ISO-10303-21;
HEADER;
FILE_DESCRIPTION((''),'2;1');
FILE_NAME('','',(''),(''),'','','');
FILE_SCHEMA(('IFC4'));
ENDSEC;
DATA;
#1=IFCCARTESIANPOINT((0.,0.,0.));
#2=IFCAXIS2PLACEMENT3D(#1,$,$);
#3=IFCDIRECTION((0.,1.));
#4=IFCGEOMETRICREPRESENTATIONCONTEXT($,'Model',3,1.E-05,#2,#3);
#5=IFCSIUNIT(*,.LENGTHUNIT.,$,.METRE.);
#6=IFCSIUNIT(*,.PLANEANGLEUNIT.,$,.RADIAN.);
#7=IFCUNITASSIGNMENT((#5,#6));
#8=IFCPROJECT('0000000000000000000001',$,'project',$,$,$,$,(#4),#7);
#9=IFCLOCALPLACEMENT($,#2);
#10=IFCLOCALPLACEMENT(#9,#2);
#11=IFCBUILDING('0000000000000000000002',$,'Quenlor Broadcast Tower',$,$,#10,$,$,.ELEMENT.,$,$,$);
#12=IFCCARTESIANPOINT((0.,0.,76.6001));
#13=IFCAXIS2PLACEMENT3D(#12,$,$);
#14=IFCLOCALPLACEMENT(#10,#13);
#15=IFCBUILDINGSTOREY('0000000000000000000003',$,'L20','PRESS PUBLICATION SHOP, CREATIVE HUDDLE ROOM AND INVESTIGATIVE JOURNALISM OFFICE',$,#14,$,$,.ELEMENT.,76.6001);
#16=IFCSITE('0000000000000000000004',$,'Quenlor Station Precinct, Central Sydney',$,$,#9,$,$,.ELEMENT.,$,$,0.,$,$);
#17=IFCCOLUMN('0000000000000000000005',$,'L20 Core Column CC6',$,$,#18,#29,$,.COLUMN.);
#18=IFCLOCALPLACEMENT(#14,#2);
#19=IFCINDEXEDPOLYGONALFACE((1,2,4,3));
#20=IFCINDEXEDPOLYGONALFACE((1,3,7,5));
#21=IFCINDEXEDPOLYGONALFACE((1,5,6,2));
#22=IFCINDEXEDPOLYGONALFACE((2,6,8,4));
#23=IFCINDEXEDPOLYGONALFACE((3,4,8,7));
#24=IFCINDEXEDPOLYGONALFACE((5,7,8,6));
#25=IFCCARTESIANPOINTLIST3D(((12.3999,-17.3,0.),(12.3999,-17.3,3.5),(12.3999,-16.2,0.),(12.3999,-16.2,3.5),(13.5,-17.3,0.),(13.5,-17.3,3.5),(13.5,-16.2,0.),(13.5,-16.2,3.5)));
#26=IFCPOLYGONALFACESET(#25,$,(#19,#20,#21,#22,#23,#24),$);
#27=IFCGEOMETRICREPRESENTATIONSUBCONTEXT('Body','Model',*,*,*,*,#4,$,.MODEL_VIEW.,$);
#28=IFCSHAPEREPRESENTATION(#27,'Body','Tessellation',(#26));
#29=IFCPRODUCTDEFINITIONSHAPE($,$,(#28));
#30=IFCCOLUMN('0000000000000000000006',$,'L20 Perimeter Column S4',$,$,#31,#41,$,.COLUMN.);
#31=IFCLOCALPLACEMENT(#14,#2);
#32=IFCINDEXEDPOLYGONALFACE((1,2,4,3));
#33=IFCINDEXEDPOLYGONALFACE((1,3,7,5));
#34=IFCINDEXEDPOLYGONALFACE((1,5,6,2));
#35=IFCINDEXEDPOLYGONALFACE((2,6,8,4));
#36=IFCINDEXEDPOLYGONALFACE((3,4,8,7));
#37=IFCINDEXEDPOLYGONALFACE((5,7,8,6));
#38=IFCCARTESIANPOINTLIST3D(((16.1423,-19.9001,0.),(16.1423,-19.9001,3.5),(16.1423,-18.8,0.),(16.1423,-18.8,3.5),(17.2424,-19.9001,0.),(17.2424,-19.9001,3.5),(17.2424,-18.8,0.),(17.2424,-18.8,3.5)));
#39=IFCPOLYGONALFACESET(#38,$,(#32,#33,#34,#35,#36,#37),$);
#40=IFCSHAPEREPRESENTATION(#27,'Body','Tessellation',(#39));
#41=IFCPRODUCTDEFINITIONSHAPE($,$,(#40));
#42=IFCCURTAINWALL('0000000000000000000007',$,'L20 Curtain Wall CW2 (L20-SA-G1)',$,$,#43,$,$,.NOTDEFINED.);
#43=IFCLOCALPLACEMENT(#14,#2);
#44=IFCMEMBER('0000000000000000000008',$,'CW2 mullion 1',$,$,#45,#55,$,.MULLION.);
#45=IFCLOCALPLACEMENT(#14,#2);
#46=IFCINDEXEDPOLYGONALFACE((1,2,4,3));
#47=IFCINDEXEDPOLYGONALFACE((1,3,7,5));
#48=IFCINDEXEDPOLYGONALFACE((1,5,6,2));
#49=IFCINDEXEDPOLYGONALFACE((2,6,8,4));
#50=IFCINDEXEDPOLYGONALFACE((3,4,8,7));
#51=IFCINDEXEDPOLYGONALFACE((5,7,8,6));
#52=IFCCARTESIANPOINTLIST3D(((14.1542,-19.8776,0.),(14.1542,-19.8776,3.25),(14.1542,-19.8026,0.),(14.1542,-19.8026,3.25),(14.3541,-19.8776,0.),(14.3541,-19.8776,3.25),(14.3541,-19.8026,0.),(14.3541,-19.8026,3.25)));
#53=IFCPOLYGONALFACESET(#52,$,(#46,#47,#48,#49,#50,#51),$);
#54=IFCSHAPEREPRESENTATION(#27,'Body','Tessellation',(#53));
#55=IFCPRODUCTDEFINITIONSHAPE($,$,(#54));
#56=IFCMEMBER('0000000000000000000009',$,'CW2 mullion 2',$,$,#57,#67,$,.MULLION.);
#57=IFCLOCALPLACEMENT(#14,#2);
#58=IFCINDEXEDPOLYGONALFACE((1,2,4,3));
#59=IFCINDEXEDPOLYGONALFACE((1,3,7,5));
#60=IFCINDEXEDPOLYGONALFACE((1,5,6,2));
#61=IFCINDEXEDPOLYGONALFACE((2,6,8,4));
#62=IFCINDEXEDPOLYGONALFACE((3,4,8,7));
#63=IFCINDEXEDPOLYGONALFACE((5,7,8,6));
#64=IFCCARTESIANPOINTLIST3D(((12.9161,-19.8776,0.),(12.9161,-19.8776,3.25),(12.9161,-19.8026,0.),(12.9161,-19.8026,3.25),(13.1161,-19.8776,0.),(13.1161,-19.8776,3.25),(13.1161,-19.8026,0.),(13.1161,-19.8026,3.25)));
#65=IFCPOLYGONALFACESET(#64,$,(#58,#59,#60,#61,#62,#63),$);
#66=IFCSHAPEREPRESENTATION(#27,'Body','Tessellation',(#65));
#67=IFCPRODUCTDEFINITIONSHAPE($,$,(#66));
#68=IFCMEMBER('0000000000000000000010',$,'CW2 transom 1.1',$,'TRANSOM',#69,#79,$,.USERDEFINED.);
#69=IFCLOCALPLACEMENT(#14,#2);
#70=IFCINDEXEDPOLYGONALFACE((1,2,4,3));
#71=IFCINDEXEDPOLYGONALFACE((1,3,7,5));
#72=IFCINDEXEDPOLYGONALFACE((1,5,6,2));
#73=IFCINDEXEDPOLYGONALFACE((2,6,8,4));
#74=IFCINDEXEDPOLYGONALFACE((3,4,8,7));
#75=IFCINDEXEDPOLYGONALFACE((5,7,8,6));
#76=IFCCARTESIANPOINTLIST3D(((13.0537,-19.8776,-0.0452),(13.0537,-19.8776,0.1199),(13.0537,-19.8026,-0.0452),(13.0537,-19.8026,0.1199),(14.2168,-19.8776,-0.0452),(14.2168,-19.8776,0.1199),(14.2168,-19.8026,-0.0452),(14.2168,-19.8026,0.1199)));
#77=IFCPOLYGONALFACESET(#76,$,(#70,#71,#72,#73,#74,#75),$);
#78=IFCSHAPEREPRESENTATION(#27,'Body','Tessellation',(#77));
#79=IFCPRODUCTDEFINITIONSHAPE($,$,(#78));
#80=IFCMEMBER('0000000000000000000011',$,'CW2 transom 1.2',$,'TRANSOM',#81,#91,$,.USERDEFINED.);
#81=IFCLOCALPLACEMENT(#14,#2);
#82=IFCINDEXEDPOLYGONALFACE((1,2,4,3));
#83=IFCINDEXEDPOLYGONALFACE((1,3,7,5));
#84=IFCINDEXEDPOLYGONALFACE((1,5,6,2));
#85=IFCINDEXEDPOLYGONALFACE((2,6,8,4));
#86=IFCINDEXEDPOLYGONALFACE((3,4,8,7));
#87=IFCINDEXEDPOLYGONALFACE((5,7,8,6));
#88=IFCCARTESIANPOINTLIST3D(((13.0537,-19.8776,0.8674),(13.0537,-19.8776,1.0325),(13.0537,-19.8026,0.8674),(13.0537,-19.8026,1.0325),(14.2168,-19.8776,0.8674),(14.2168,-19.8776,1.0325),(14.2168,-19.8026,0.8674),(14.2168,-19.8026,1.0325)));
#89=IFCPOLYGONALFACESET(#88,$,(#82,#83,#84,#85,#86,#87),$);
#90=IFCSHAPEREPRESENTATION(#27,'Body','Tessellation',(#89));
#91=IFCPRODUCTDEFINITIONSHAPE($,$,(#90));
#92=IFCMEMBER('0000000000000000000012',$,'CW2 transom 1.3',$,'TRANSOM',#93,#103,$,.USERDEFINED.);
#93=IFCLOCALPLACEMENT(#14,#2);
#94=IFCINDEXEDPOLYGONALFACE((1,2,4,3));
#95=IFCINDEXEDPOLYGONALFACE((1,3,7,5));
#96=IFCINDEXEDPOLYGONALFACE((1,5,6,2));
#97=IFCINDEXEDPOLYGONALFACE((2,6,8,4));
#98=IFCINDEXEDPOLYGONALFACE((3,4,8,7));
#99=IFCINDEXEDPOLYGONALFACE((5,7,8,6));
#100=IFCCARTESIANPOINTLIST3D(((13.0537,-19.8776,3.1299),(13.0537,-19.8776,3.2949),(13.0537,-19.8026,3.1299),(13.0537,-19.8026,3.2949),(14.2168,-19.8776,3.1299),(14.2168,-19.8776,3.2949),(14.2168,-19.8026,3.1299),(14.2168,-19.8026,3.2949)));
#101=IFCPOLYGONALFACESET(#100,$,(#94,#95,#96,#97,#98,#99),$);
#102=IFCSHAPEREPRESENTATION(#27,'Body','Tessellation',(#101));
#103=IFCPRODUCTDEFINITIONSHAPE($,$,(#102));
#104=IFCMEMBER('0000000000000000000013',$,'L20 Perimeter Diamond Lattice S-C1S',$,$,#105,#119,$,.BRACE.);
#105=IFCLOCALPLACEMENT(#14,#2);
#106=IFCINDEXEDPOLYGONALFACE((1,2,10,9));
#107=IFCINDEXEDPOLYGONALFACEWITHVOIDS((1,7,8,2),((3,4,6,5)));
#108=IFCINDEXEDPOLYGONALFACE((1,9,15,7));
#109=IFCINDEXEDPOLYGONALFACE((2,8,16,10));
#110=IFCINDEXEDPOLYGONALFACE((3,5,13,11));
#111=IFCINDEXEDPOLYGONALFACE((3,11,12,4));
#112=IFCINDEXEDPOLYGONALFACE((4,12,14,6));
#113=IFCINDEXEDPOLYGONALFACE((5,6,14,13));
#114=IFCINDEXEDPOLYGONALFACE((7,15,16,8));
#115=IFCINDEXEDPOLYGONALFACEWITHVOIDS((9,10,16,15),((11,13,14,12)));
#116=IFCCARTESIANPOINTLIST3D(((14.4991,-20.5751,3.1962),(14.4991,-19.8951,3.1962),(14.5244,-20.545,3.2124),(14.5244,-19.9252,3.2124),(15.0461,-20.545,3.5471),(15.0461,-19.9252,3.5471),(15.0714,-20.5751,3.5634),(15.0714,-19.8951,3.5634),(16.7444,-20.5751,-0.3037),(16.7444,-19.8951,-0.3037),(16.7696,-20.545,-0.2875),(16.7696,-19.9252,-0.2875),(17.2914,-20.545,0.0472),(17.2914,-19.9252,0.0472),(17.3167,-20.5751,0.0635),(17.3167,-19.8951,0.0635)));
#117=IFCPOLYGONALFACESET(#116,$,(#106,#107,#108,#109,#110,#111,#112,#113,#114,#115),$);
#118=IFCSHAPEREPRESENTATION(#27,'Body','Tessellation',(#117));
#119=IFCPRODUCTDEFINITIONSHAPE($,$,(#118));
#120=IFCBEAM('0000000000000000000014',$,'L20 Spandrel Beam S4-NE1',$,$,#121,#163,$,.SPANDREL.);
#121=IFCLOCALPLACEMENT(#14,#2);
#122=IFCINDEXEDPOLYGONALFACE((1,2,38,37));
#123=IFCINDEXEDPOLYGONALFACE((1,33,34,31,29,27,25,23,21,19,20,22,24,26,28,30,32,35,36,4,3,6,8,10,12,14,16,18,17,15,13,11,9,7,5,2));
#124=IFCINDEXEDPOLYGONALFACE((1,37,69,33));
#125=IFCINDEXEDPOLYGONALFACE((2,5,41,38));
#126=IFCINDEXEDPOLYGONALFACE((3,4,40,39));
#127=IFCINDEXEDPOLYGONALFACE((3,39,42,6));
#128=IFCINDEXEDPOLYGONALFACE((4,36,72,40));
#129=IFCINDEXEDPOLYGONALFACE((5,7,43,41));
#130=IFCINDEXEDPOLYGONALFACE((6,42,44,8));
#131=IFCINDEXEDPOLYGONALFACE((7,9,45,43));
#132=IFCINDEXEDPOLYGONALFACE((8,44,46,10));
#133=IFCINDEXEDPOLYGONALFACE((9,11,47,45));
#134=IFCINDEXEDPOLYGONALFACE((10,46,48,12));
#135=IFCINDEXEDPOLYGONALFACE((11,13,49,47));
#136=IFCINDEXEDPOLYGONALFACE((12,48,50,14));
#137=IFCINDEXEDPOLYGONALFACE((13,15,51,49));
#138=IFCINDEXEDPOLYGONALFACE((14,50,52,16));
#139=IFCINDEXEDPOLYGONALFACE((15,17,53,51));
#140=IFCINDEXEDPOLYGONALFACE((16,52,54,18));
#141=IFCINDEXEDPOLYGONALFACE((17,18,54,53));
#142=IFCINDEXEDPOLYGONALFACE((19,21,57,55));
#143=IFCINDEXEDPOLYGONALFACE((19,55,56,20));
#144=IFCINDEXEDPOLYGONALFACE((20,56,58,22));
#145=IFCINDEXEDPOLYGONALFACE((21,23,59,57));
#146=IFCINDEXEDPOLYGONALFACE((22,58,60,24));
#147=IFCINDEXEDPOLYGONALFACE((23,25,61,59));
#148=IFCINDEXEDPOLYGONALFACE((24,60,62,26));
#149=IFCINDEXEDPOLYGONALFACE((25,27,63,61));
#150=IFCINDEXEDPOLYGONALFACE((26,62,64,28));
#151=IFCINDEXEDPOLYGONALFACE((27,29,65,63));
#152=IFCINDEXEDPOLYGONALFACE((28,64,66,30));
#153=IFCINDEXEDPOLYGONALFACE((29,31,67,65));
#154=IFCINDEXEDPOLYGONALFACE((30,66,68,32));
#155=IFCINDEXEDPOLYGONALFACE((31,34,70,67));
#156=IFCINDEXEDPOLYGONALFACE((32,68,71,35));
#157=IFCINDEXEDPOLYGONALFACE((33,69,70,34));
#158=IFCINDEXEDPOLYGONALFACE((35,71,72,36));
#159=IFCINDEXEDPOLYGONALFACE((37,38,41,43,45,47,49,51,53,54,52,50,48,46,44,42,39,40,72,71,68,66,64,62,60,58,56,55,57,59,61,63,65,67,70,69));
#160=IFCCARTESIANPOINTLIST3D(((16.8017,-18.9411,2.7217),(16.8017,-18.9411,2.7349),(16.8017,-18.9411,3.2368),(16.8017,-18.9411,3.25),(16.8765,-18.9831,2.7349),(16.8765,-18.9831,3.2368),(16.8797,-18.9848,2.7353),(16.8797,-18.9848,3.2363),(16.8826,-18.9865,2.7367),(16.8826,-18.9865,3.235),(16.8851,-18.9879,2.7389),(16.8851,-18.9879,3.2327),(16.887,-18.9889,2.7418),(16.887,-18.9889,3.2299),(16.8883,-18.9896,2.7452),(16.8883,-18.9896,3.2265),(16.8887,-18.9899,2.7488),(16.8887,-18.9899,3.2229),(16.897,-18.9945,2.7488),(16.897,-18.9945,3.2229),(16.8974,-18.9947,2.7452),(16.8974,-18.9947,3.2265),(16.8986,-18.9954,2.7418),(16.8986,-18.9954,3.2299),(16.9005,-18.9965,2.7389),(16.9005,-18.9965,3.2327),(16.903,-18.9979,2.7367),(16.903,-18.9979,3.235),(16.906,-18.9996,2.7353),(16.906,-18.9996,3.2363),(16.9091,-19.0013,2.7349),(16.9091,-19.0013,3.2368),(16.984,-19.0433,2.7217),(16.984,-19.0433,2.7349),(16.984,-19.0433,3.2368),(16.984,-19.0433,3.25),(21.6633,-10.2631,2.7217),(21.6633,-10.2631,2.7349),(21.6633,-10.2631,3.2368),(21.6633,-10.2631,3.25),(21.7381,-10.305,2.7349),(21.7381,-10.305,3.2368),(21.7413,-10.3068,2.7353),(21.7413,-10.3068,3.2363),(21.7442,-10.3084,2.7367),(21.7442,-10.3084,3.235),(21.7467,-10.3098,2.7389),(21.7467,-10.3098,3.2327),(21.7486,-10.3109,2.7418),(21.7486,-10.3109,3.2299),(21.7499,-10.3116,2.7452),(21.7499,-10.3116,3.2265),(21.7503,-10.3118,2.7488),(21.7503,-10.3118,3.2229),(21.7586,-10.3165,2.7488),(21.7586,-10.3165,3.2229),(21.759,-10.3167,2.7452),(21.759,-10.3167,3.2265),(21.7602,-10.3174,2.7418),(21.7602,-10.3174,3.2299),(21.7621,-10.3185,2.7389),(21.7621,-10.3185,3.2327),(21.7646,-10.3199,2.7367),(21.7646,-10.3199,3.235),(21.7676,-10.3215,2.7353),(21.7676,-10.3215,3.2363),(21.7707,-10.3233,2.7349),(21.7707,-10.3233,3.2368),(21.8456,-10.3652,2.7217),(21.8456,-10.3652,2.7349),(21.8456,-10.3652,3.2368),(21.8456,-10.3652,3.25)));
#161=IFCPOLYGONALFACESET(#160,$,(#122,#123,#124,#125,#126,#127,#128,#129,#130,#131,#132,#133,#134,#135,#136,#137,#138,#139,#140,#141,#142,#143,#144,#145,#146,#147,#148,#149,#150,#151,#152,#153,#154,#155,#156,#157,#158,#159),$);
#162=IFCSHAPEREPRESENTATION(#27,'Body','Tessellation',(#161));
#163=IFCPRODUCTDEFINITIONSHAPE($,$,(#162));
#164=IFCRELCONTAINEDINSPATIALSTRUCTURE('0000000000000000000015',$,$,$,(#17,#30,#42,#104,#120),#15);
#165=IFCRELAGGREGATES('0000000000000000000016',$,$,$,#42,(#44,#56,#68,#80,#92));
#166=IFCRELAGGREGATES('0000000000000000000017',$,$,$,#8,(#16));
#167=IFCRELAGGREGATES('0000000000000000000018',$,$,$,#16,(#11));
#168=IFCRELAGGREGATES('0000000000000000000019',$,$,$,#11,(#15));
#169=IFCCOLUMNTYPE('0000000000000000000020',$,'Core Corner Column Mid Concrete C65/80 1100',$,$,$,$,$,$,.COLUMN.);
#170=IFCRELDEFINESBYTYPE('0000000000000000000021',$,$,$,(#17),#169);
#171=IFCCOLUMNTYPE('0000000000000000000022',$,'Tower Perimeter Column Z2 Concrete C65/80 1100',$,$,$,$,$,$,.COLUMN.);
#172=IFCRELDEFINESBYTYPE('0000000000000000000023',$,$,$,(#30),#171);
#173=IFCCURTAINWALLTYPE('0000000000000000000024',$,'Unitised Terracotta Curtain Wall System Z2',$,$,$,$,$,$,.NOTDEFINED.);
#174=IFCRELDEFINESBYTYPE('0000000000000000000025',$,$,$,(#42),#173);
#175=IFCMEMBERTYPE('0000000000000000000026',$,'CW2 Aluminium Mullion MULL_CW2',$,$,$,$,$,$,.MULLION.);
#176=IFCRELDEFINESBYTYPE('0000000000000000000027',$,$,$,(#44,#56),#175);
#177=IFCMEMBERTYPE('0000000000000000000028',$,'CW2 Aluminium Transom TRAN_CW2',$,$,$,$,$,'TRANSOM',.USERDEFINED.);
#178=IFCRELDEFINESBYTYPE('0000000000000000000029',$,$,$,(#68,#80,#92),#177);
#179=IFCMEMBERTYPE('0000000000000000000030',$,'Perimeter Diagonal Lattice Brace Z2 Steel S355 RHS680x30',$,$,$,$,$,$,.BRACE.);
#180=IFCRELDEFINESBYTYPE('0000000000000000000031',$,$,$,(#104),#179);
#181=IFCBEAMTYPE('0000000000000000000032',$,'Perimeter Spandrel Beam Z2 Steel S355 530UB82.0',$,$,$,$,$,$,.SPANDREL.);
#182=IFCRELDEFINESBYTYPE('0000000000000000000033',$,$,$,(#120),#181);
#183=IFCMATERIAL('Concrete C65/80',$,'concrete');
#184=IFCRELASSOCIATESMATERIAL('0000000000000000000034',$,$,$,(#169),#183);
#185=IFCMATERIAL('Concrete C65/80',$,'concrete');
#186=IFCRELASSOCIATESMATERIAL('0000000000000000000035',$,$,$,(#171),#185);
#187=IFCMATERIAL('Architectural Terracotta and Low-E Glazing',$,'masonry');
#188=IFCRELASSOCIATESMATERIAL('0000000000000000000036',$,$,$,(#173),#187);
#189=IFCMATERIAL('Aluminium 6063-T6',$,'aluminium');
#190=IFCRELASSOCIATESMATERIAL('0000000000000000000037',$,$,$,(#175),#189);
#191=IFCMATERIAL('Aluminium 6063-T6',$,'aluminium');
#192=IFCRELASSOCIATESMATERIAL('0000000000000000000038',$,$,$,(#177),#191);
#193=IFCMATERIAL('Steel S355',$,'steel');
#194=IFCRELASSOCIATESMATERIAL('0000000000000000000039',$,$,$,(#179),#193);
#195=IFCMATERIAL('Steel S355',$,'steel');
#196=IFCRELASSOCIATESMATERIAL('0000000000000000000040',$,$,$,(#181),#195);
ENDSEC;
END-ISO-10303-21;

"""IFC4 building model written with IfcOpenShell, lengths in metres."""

from ifc_helpers import new_model, si_unit, direction, frame, origin, origin_2d, place, context, subcontext, project, spatial, rectangle, hollow_rectangle, i_section, extrude, material, material_profile, profile_set, type_object, element, aggregate, save


model = new_model("IFC4")

# Units and contexts
model_context = context("Model", 3, precision=1e-05, world=origin(), true_north=direction((0.0, 1.0)))
body_context = subcontext(model_context, "Body", "Model", "MODEL_VIEW")
ifc_project = project(units=[si_unit("LENGTHUNIT", "METRE"), si_unit("PLANEANGLEUNIT", "RADIAN")], contexts=[model_context])

# Site, building, storey
site_placement = place(None, origin())
site = spatial("IfcSite", under=ifc_project, at=site_placement, Name="Quenlor Station Precinct, Central Sydney", CompositionType="ELEMENT", RefElevation=0.0)
building_placement = place(site_placement, origin())
building = spatial("IfcBuilding", under=site, at=building_placement, Name="Quenlor Broadcast Tower", CompositionType="ELEMENT")
storey_placement = place(building_placement, frame((0.0, 0.0, 76.6001)))
storey = spatial("IfcBuildingStorey", under=building, at=storey_placement, Name="L20", Description="PRESS PUBLICATION SHOP, CREATIVE HUDDLE ROOM AND INVESTIGATIVE JOURNALISM OFFICE", CompositionType="ELEMENT", Elevation=76.6001)

# Columns
ifc_material_1 = material(Name="Concrete C65/80", Category="concrete")
ifc_material_profile_1 = material_profile(ifc_material_1, rectangle(XDim=1.1001, YDim=1.1001, at=origin_2d()))
ifc_profile_set_1 = profile_set([ifc_material_profile_1], Name="Concrete C65/80 RC1100x1100")
column_type_1 = type_object("IfcColumnType", Name="Core Corner Column Mid Concrete C65/80 1100", PredefinedType="COLUMN", material=ifc_profile_set_1)
column_1_placement = place(storey_placement, frame((12.95, -16.75, 0.0), z_axis=(0.0, 0.0, 1.0), x_axis=(1.0, 0.0, 0.0)))
element("IfcColumn", 1, at=column_1_placement, inside=storey, type_object=column_type_1, Name="L20 Core Column CC6", PredefinedType="COLUMN", context=body_context, shape_type="SweptSolid", body=[
    extrude(rectangle(XDim=1.1001, YDim=1.1001, at=origin_2d()), origin(), (0.0, 0.0, 1.0), 3.5),
])
ifc_material_2 = material(Name="Concrete C65/80", Category="concrete")
ifc_material_profile_2 = material_profile(ifc_material_2, rectangle(XDim=1.1001, YDim=1.1001, at=origin_2d()))
ifc_profile_set_2 = profile_set([ifc_material_profile_2], Name="Concrete C65/80 RC1100x1100")
column_type_2 = type_object("IfcColumnType", Name="Tower Perimeter Column Z2 Concrete C65/80 1100", PredefinedType="COLUMN", material=ifc_profile_set_2)
column_2_placement = place(storey_placement, frame((16.6924, -19.3501, 0.0), z_axis=(0.0, 0.0, 1.0), x_axis=(0.0, 1.0, 0.0)))
element("IfcColumn", 2, at=column_2_placement, inside=storey, type_object=column_type_2, Name="L20 Perimeter Column S4", PredefinedType="COLUMN", context=body_context, shape_type="SweptSolid", body=[
    extrude(rectangle(XDim=1.1001, YDim=1.1001, at=origin_2d()), origin(), (0.0, 0.0, 1.0), 3.5),
])

# Curtain wall, members
ifc_material_3 = material(Name="Architectural Terracotta and Low-E Glazing", Category="masonry")
curtain_wall_type = type_object("IfcCurtainWallType", Name="Unitised Terracotta Curtain Wall System Z2", PredefinedType="NOTDEFINED", material=ifc_material_3)
curtain_wall_placement = place(storey_placement, origin())
curtain_wall = element("IfcCurtainWall", 3, at=curtain_wall_placement, inside=storey, type_object=curtain_wall_type, Name="L20 Curtain Wall CW2 (L20-SA-G1)", PredefinedType="NOTDEFINED")
ifc_material_4 = material(Name="Aluminium 6063-T6", Category="aluminium")
ifc_material_profile_3 = material_profile(ifc_material_4, rectangle(XDim=0.075, YDim=0.2, at=origin_2d()))
ifc_profile_set_3 = profile_set([ifc_material_profile_3], Name="Aluminium 6063-T6 MULL75x200")
member_type_1 = type_object("IfcMemberType", Name="CW2 Aluminium Mullion MULL_CW2", PredefinedType="MULLION", material=ifc_profile_set_3)
member_1_placement = place(storey_placement, frame((14.2542, -19.8401, 0.0), z_axis=(0.0, 0.0, 1.0), x_axis=(0.0, -1.0, 0.0)))
member_1 = element("IfcMember", 4, at=member_1_placement, type_object=member_type_1, Name="CW2 mullion 1", PredefinedType="MULLION", context=body_context, shape_type="SweptSolid", body=[
    extrude(rectangle(XDim=0.075, YDim=0.2, at=origin_2d()), origin(), (0.0, 0.0, 1.0), 3.25),
])
member_2_placement = place(storey_placement, frame((13.0161, -19.8401, 0.0), z_axis=(0.0, 0.0, 1.0), x_axis=(0.0, -1.0, 0.0)))
member_2 = element("IfcMember", 5, at=member_2_placement, type_object=member_type_1, Name="CW2 mullion 2", PredefinedType="MULLION", context=body_context, shape_type="SweptSolid", body=[
    extrude(rectangle(XDim=0.075, YDim=0.2, at=origin_2d()), origin(), (0.0, 0.0, 1.0), 3.25),
])
ifc_material_5 = material(Name="Aluminium 6063-T6", Category="aluminium")
ifc_material_profile_4 = material_profile(ifc_material_5, rectangle(XDim=0.075, YDim=0.165, at=origin_2d()))
ifc_profile_set_4 = profile_set([ifc_material_profile_4], Name="Aluminium 6063-T6 TRAN75x165")
member_type_2 = type_object("IfcMemberType", Name="CW2 Aluminium Transom TRAN_CW2", ElementType="TRANSOM", PredefinedType="USERDEFINED", material=ifc_profile_set_4)
member_3_placement = place(storey_placement, frame((14.2168, -19.8401, 0.0374), z_axis=(-1.0, 0.0, 0.0), x_axis=(0.0, -1.0, 0.0)))
member_3 = element("IfcMember", 6, at=member_3_placement, type_object=member_type_2, Name="CW2 transom 1.1", ObjectType="TRANSOM", PredefinedType="USERDEFINED", context=body_context, shape_type="SweptSolid", body=[
    extrude(rectangle(XDim=0.075, YDim=0.165, at=origin_2d()), origin(), (0.0, 0.0, 1.0), 1.1631),
])
member_4_placement = place(storey_placement, frame((14.2168, -19.8401, 0.95), z_axis=(-1.0, 0.0, 0.0), x_axis=(0.0, -1.0, 0.0)))
member_4 = element("IfcMember", 7, at=member_4_placement, type_object=member_type_2, Name="CW2 transom 1.2", ObjectType="TRANSOM", PredefinedType="USERDEFINED", context=body_context, shape_type="SweptSolid", body=[
    extrude(rectangle(XDim=0.075, YDim=0.165, at=origin_2d()), origin(), (0.0, 0.0, 1.0), 1.1631),
])
member_5_placement = place(storey_placement, frame((14.2168, -19.8401, 3.2124), z_axis=(-1.0, 0.0, 0.0), x_axis=(0.0, -1.0, 0.0)))
member_5 = element("IfcMember", 8, at=member_5_placement, type_object=member_type_2, Name="CW2 transom 1.3", ObjectType="TRANSOM", PredefinedType="USERDEFINED", context=body_context, shape_type="SweptSolid", body=[
    extrude(rectangle(XDim=0.075, YDim=0.165, at=origin_2d()), origin(), (0.0, 0.0, 1.0), 1.1631),
])

# Member
ifc_material_6 = material(Name="Steel S355", Category="steel")
ifc_material_profile_5 = material_profile(ifc_material_6, hollow_rectangle(XDim=0.6799, YDim=0.6799, WallThickness=0.03, at=origin_2d()))
ifc_profile_set_5 = profile_set([ifc_material_profile_5], Name="Steel S355 RHS680x680x30")
member_type_3 = type_object("IfcMemberType", Name="Perimeter Diagonal Lattice Brace Z2 Steel S355 RHS680x30", PredefinedType="BRACE", material=ifc_profile_set_5)
member_6_placement = place(storey_placement, frame((17.0305, -20.2351, -0.1201), z_axis=(-0.539968, 0.0, 0.841686), x_axis=(0.0, -1.0, 0.0)))
element("IfcMember", 9, at=member_6_placement, inside=storey, type_object=member_type_3, Name="L20 Perimeter Diamond Lattice S-C1S", PredefinedType="BRACE", context=body_context, shape_type="SweptSolid", body=[
    extrude(hollow_rectangle(XDim=0.6799, YDim=0.6799, WallThickness=0.03, at=origin_2d()), origin(), (0.0, 0.0, 1.0), 4.1582),
])

# Beam
ifc_material_7 = material(Name="Steel S355", Category="steel")
ifc_material_profile_6 = material_profile(ifc_material_7, i_section(OverallWidth=0.209, OverallDepth=0.5283, WebThickness=0.0095, FlangeThickness=0.0132, FilletRadius=0.0139, at=origin_2d()))
ifc_profile_set_6 = profile_set([ifc_material_profile_6], Name="Steel S355 530UB82.0")
beam_type_1 = type_object("IfcBeamType", Name="Perimeter Spandrel Beam Z2 Steel S355 530UB82.0", PredefinedType="SPANDREL", material=ifc_profile_set_6)
beam_1_placement = place(storey_placement, frame((16.8928, -18.9922, 2.9858), z_axis=(0.488749, 0.872424, 0.0), x_axis=(-0.872424, 0.488749, 0.0)))
element("IfcBeam", 10, at=beam_1_placement, inside=storey, type_object=beam_type_1, Name="L20 Spandrel Beam S4-NE1", PredefinedType="SPANDREL", context=body_context, shape_type="SweptSolid", body=[
    extrude(i_section(OverallWidth=0.209, OverallDepth=0.5283, WebThickness=0.0095, FlangeThickness=0.0132, FilletRadius=0.0139, at=origin_2d()), origin(), (0.0, 0.0, 1.0), 9.947),
])

aggregate(curtain_wall, [member_1, member_2, member_3, member_4, member_5])

save(model, "model.ifc")
